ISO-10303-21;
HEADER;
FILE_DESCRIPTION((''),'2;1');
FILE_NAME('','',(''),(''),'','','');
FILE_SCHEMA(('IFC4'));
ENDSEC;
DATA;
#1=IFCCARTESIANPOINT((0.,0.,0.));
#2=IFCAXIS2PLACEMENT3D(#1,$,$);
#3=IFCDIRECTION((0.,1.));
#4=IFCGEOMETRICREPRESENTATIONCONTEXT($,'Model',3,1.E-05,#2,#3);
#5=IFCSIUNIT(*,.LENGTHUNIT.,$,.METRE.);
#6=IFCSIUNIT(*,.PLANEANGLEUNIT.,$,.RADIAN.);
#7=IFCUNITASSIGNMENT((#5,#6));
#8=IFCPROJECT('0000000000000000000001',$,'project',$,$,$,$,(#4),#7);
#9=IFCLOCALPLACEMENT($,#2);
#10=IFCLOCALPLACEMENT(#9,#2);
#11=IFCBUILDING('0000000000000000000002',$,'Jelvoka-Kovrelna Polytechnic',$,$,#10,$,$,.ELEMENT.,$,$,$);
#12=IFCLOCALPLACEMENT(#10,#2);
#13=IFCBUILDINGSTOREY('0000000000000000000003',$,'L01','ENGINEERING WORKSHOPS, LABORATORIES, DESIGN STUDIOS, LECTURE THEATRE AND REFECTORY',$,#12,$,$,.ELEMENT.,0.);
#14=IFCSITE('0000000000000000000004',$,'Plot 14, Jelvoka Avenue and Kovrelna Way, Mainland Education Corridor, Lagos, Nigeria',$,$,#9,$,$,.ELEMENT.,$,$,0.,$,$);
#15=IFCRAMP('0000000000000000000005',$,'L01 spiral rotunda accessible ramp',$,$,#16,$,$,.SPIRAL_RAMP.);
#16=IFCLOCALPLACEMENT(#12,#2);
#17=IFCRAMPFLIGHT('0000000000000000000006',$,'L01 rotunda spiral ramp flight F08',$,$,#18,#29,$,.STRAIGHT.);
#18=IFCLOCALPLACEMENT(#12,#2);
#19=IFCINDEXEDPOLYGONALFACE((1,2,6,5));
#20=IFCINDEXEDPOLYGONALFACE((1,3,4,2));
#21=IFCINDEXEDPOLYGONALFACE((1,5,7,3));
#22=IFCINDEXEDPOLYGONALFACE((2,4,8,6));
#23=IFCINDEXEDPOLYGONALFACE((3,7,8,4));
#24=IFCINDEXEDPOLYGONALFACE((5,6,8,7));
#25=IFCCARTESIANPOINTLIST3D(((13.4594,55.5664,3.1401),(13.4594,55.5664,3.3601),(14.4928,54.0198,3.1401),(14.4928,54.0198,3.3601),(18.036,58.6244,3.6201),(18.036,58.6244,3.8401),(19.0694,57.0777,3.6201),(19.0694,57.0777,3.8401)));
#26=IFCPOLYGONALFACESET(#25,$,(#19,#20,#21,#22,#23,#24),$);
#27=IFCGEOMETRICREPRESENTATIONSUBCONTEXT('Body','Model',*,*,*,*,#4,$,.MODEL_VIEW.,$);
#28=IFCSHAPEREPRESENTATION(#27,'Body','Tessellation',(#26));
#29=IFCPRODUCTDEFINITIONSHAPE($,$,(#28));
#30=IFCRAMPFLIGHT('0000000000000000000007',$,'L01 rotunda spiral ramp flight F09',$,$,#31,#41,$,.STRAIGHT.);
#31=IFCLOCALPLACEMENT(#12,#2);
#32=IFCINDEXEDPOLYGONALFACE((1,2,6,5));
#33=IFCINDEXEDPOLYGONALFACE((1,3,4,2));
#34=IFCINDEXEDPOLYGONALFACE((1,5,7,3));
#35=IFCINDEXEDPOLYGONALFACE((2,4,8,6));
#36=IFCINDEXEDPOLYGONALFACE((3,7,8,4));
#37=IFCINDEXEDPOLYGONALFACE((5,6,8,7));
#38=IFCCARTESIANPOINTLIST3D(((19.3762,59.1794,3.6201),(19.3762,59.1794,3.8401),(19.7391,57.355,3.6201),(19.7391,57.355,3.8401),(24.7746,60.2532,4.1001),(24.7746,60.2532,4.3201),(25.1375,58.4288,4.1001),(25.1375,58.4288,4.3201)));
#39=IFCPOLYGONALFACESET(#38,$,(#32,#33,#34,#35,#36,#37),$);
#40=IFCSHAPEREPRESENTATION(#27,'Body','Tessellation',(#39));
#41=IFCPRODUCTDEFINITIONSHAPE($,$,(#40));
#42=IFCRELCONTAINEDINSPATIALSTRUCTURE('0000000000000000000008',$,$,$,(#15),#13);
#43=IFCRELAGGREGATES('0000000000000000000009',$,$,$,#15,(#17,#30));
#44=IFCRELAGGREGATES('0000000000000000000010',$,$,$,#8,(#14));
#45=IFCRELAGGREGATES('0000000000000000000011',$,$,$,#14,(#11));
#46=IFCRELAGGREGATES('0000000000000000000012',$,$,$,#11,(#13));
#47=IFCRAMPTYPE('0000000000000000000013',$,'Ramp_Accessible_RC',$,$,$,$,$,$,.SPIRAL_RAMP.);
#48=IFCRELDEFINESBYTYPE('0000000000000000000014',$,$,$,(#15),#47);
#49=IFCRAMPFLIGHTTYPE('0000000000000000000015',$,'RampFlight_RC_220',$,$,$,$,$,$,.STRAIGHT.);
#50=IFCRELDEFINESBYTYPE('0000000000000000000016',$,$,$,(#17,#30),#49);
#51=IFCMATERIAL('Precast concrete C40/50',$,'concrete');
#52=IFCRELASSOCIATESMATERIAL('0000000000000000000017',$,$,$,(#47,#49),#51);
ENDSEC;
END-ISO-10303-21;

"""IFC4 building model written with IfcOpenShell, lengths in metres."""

from ifc_helpers import new_model, si_unit, direction, frame, origin, place, context, subcontext, project, spatial, polyline, outline, extrude, material, type_object, element, aggregate, save


model = new_model("IFC4")

# Units and contexts
model_context = context("Model", 3, precision=1e-05, world=origin(), true_north=direction((0.0, 1.0)))
body_context = subcontext(model_context, "Body", "Model", "MODEL_VIEW")
ifc_project = project(units=[si_unit("LENGTHUNIT", "METRE"), si_unit("PLANEANGLEUNIT", "RADIAN")], contexts=[model_context])

# Site, building, storey
site_placement = place(None, origin())
site = spatial("IfcSite", under=ifc_project, at=site_placement, Name="Plot 14, Jelvoka Avenue and Kovrelna Way, Mainland Education Corridor, Lagos, Nigeria", CompositionType="ELEMENT", RefElevation=0.0)
building_placement = place(site_placement, origin())
building = spatial("IfcBuilding", under=site, at=building_placement, Name="Jelvoka-Kovrelna Polytechnic", CompositionType="ELEMENT")
storey_placement = place(building_placement, origin())
storey = spatial("IfcBuildingStorey", under=building, at=storey_placement, Name="L01", Description="ENGINEERING WORKSHOPS, LABORATORIES, DESIGN STUDIOS, LECTURE THEATRE AND REFECTORY", CompositionType="ELEMENT", Elevation=0.0)

# Ramp, ramp flights
ifc_material_1 = material(Name="Precast concrete C40/50", Category="concrete")
ramp_type = type_object("IfcRampType", Name="Ramp_Accessible_RC", PredefinedType="SPIRAL_RAMP", material=ifc_material_1)
ramp_placement = place(storey_placement, origin())
ramp = element("IfcRamp", 1, at=ramp_placement, inside=storey, type_object=ramp_type, Name="L01 spiral rotunda accessible ramp", PredefinedType="SPIRAL_RAMP")
ramp_flight_type = type_object("IfcRampFlightType", Name="RampFlight_RC_220", PredefinedType="STRAIGHT", material=ifc_material_1)
ramp_flight_1_placement = place(None, frame((13.9761, 54.7932, 3.3601), z_axis=(0.0, 0.0, 1.0), x_axis=(0.831471, 0.555568, 0.0)))
ramp_flight_1 = element("IfcRampFlight", 2, at=ramp_flight_1_placement, type_object=ramp_flight_type, Name="L01 rotunda spiral ramp flight F08", PredefinedType="STRAIGHT", context=body_context, shape_type="SweptSolid", body=[
    extrude(outline(polyline([(0.0, 0.0), (5.5042, 0.48), (5.5042, 0.26), (0.0, -0.22), (0.0, 0.0)])), frame((0.0, 0.9299, 0.0), z_axis=(0.0, -1.0, 0.0), x_axis=(1.0, 0.0, 0.0)), (0.0, 0.0, 1.0), 1.8601),
])
ramp_flight_2_placement = place(None, frame((19.5576, 58.2673, 3.8401), z_axis=(0.0, 0.0, 1.0), x_axis=(0.980785, 0.195092, 0.0)))
ramp_flight_2 = element("IfcRampFlight", 3, at=ramp_flight_2_placement, type_object=ramp_flight_type, Name="L01 rotunda spiral ramp flight F09", PredefinedType="STRAIGHT", context=body_context, shape_type="SweptSolid", body=[
    extrude(outline(polyline([(0.0, 0.0), (5.5042, 0.48), (5.5042, 0.26), (0.0, -0.22), (0.0, 0.0)])), frame((0.0, 0.9299, 0.0), z_axis=(0.0, -1.0, 0.0), x_axis=(1.0, 0.0, 0.0)), (0.0, 0.0, 1.0), 1.8601),
])
aggregate(ramp, [ramp_flight_1, ramp_flight_2])

save(model, "model.ifc")
